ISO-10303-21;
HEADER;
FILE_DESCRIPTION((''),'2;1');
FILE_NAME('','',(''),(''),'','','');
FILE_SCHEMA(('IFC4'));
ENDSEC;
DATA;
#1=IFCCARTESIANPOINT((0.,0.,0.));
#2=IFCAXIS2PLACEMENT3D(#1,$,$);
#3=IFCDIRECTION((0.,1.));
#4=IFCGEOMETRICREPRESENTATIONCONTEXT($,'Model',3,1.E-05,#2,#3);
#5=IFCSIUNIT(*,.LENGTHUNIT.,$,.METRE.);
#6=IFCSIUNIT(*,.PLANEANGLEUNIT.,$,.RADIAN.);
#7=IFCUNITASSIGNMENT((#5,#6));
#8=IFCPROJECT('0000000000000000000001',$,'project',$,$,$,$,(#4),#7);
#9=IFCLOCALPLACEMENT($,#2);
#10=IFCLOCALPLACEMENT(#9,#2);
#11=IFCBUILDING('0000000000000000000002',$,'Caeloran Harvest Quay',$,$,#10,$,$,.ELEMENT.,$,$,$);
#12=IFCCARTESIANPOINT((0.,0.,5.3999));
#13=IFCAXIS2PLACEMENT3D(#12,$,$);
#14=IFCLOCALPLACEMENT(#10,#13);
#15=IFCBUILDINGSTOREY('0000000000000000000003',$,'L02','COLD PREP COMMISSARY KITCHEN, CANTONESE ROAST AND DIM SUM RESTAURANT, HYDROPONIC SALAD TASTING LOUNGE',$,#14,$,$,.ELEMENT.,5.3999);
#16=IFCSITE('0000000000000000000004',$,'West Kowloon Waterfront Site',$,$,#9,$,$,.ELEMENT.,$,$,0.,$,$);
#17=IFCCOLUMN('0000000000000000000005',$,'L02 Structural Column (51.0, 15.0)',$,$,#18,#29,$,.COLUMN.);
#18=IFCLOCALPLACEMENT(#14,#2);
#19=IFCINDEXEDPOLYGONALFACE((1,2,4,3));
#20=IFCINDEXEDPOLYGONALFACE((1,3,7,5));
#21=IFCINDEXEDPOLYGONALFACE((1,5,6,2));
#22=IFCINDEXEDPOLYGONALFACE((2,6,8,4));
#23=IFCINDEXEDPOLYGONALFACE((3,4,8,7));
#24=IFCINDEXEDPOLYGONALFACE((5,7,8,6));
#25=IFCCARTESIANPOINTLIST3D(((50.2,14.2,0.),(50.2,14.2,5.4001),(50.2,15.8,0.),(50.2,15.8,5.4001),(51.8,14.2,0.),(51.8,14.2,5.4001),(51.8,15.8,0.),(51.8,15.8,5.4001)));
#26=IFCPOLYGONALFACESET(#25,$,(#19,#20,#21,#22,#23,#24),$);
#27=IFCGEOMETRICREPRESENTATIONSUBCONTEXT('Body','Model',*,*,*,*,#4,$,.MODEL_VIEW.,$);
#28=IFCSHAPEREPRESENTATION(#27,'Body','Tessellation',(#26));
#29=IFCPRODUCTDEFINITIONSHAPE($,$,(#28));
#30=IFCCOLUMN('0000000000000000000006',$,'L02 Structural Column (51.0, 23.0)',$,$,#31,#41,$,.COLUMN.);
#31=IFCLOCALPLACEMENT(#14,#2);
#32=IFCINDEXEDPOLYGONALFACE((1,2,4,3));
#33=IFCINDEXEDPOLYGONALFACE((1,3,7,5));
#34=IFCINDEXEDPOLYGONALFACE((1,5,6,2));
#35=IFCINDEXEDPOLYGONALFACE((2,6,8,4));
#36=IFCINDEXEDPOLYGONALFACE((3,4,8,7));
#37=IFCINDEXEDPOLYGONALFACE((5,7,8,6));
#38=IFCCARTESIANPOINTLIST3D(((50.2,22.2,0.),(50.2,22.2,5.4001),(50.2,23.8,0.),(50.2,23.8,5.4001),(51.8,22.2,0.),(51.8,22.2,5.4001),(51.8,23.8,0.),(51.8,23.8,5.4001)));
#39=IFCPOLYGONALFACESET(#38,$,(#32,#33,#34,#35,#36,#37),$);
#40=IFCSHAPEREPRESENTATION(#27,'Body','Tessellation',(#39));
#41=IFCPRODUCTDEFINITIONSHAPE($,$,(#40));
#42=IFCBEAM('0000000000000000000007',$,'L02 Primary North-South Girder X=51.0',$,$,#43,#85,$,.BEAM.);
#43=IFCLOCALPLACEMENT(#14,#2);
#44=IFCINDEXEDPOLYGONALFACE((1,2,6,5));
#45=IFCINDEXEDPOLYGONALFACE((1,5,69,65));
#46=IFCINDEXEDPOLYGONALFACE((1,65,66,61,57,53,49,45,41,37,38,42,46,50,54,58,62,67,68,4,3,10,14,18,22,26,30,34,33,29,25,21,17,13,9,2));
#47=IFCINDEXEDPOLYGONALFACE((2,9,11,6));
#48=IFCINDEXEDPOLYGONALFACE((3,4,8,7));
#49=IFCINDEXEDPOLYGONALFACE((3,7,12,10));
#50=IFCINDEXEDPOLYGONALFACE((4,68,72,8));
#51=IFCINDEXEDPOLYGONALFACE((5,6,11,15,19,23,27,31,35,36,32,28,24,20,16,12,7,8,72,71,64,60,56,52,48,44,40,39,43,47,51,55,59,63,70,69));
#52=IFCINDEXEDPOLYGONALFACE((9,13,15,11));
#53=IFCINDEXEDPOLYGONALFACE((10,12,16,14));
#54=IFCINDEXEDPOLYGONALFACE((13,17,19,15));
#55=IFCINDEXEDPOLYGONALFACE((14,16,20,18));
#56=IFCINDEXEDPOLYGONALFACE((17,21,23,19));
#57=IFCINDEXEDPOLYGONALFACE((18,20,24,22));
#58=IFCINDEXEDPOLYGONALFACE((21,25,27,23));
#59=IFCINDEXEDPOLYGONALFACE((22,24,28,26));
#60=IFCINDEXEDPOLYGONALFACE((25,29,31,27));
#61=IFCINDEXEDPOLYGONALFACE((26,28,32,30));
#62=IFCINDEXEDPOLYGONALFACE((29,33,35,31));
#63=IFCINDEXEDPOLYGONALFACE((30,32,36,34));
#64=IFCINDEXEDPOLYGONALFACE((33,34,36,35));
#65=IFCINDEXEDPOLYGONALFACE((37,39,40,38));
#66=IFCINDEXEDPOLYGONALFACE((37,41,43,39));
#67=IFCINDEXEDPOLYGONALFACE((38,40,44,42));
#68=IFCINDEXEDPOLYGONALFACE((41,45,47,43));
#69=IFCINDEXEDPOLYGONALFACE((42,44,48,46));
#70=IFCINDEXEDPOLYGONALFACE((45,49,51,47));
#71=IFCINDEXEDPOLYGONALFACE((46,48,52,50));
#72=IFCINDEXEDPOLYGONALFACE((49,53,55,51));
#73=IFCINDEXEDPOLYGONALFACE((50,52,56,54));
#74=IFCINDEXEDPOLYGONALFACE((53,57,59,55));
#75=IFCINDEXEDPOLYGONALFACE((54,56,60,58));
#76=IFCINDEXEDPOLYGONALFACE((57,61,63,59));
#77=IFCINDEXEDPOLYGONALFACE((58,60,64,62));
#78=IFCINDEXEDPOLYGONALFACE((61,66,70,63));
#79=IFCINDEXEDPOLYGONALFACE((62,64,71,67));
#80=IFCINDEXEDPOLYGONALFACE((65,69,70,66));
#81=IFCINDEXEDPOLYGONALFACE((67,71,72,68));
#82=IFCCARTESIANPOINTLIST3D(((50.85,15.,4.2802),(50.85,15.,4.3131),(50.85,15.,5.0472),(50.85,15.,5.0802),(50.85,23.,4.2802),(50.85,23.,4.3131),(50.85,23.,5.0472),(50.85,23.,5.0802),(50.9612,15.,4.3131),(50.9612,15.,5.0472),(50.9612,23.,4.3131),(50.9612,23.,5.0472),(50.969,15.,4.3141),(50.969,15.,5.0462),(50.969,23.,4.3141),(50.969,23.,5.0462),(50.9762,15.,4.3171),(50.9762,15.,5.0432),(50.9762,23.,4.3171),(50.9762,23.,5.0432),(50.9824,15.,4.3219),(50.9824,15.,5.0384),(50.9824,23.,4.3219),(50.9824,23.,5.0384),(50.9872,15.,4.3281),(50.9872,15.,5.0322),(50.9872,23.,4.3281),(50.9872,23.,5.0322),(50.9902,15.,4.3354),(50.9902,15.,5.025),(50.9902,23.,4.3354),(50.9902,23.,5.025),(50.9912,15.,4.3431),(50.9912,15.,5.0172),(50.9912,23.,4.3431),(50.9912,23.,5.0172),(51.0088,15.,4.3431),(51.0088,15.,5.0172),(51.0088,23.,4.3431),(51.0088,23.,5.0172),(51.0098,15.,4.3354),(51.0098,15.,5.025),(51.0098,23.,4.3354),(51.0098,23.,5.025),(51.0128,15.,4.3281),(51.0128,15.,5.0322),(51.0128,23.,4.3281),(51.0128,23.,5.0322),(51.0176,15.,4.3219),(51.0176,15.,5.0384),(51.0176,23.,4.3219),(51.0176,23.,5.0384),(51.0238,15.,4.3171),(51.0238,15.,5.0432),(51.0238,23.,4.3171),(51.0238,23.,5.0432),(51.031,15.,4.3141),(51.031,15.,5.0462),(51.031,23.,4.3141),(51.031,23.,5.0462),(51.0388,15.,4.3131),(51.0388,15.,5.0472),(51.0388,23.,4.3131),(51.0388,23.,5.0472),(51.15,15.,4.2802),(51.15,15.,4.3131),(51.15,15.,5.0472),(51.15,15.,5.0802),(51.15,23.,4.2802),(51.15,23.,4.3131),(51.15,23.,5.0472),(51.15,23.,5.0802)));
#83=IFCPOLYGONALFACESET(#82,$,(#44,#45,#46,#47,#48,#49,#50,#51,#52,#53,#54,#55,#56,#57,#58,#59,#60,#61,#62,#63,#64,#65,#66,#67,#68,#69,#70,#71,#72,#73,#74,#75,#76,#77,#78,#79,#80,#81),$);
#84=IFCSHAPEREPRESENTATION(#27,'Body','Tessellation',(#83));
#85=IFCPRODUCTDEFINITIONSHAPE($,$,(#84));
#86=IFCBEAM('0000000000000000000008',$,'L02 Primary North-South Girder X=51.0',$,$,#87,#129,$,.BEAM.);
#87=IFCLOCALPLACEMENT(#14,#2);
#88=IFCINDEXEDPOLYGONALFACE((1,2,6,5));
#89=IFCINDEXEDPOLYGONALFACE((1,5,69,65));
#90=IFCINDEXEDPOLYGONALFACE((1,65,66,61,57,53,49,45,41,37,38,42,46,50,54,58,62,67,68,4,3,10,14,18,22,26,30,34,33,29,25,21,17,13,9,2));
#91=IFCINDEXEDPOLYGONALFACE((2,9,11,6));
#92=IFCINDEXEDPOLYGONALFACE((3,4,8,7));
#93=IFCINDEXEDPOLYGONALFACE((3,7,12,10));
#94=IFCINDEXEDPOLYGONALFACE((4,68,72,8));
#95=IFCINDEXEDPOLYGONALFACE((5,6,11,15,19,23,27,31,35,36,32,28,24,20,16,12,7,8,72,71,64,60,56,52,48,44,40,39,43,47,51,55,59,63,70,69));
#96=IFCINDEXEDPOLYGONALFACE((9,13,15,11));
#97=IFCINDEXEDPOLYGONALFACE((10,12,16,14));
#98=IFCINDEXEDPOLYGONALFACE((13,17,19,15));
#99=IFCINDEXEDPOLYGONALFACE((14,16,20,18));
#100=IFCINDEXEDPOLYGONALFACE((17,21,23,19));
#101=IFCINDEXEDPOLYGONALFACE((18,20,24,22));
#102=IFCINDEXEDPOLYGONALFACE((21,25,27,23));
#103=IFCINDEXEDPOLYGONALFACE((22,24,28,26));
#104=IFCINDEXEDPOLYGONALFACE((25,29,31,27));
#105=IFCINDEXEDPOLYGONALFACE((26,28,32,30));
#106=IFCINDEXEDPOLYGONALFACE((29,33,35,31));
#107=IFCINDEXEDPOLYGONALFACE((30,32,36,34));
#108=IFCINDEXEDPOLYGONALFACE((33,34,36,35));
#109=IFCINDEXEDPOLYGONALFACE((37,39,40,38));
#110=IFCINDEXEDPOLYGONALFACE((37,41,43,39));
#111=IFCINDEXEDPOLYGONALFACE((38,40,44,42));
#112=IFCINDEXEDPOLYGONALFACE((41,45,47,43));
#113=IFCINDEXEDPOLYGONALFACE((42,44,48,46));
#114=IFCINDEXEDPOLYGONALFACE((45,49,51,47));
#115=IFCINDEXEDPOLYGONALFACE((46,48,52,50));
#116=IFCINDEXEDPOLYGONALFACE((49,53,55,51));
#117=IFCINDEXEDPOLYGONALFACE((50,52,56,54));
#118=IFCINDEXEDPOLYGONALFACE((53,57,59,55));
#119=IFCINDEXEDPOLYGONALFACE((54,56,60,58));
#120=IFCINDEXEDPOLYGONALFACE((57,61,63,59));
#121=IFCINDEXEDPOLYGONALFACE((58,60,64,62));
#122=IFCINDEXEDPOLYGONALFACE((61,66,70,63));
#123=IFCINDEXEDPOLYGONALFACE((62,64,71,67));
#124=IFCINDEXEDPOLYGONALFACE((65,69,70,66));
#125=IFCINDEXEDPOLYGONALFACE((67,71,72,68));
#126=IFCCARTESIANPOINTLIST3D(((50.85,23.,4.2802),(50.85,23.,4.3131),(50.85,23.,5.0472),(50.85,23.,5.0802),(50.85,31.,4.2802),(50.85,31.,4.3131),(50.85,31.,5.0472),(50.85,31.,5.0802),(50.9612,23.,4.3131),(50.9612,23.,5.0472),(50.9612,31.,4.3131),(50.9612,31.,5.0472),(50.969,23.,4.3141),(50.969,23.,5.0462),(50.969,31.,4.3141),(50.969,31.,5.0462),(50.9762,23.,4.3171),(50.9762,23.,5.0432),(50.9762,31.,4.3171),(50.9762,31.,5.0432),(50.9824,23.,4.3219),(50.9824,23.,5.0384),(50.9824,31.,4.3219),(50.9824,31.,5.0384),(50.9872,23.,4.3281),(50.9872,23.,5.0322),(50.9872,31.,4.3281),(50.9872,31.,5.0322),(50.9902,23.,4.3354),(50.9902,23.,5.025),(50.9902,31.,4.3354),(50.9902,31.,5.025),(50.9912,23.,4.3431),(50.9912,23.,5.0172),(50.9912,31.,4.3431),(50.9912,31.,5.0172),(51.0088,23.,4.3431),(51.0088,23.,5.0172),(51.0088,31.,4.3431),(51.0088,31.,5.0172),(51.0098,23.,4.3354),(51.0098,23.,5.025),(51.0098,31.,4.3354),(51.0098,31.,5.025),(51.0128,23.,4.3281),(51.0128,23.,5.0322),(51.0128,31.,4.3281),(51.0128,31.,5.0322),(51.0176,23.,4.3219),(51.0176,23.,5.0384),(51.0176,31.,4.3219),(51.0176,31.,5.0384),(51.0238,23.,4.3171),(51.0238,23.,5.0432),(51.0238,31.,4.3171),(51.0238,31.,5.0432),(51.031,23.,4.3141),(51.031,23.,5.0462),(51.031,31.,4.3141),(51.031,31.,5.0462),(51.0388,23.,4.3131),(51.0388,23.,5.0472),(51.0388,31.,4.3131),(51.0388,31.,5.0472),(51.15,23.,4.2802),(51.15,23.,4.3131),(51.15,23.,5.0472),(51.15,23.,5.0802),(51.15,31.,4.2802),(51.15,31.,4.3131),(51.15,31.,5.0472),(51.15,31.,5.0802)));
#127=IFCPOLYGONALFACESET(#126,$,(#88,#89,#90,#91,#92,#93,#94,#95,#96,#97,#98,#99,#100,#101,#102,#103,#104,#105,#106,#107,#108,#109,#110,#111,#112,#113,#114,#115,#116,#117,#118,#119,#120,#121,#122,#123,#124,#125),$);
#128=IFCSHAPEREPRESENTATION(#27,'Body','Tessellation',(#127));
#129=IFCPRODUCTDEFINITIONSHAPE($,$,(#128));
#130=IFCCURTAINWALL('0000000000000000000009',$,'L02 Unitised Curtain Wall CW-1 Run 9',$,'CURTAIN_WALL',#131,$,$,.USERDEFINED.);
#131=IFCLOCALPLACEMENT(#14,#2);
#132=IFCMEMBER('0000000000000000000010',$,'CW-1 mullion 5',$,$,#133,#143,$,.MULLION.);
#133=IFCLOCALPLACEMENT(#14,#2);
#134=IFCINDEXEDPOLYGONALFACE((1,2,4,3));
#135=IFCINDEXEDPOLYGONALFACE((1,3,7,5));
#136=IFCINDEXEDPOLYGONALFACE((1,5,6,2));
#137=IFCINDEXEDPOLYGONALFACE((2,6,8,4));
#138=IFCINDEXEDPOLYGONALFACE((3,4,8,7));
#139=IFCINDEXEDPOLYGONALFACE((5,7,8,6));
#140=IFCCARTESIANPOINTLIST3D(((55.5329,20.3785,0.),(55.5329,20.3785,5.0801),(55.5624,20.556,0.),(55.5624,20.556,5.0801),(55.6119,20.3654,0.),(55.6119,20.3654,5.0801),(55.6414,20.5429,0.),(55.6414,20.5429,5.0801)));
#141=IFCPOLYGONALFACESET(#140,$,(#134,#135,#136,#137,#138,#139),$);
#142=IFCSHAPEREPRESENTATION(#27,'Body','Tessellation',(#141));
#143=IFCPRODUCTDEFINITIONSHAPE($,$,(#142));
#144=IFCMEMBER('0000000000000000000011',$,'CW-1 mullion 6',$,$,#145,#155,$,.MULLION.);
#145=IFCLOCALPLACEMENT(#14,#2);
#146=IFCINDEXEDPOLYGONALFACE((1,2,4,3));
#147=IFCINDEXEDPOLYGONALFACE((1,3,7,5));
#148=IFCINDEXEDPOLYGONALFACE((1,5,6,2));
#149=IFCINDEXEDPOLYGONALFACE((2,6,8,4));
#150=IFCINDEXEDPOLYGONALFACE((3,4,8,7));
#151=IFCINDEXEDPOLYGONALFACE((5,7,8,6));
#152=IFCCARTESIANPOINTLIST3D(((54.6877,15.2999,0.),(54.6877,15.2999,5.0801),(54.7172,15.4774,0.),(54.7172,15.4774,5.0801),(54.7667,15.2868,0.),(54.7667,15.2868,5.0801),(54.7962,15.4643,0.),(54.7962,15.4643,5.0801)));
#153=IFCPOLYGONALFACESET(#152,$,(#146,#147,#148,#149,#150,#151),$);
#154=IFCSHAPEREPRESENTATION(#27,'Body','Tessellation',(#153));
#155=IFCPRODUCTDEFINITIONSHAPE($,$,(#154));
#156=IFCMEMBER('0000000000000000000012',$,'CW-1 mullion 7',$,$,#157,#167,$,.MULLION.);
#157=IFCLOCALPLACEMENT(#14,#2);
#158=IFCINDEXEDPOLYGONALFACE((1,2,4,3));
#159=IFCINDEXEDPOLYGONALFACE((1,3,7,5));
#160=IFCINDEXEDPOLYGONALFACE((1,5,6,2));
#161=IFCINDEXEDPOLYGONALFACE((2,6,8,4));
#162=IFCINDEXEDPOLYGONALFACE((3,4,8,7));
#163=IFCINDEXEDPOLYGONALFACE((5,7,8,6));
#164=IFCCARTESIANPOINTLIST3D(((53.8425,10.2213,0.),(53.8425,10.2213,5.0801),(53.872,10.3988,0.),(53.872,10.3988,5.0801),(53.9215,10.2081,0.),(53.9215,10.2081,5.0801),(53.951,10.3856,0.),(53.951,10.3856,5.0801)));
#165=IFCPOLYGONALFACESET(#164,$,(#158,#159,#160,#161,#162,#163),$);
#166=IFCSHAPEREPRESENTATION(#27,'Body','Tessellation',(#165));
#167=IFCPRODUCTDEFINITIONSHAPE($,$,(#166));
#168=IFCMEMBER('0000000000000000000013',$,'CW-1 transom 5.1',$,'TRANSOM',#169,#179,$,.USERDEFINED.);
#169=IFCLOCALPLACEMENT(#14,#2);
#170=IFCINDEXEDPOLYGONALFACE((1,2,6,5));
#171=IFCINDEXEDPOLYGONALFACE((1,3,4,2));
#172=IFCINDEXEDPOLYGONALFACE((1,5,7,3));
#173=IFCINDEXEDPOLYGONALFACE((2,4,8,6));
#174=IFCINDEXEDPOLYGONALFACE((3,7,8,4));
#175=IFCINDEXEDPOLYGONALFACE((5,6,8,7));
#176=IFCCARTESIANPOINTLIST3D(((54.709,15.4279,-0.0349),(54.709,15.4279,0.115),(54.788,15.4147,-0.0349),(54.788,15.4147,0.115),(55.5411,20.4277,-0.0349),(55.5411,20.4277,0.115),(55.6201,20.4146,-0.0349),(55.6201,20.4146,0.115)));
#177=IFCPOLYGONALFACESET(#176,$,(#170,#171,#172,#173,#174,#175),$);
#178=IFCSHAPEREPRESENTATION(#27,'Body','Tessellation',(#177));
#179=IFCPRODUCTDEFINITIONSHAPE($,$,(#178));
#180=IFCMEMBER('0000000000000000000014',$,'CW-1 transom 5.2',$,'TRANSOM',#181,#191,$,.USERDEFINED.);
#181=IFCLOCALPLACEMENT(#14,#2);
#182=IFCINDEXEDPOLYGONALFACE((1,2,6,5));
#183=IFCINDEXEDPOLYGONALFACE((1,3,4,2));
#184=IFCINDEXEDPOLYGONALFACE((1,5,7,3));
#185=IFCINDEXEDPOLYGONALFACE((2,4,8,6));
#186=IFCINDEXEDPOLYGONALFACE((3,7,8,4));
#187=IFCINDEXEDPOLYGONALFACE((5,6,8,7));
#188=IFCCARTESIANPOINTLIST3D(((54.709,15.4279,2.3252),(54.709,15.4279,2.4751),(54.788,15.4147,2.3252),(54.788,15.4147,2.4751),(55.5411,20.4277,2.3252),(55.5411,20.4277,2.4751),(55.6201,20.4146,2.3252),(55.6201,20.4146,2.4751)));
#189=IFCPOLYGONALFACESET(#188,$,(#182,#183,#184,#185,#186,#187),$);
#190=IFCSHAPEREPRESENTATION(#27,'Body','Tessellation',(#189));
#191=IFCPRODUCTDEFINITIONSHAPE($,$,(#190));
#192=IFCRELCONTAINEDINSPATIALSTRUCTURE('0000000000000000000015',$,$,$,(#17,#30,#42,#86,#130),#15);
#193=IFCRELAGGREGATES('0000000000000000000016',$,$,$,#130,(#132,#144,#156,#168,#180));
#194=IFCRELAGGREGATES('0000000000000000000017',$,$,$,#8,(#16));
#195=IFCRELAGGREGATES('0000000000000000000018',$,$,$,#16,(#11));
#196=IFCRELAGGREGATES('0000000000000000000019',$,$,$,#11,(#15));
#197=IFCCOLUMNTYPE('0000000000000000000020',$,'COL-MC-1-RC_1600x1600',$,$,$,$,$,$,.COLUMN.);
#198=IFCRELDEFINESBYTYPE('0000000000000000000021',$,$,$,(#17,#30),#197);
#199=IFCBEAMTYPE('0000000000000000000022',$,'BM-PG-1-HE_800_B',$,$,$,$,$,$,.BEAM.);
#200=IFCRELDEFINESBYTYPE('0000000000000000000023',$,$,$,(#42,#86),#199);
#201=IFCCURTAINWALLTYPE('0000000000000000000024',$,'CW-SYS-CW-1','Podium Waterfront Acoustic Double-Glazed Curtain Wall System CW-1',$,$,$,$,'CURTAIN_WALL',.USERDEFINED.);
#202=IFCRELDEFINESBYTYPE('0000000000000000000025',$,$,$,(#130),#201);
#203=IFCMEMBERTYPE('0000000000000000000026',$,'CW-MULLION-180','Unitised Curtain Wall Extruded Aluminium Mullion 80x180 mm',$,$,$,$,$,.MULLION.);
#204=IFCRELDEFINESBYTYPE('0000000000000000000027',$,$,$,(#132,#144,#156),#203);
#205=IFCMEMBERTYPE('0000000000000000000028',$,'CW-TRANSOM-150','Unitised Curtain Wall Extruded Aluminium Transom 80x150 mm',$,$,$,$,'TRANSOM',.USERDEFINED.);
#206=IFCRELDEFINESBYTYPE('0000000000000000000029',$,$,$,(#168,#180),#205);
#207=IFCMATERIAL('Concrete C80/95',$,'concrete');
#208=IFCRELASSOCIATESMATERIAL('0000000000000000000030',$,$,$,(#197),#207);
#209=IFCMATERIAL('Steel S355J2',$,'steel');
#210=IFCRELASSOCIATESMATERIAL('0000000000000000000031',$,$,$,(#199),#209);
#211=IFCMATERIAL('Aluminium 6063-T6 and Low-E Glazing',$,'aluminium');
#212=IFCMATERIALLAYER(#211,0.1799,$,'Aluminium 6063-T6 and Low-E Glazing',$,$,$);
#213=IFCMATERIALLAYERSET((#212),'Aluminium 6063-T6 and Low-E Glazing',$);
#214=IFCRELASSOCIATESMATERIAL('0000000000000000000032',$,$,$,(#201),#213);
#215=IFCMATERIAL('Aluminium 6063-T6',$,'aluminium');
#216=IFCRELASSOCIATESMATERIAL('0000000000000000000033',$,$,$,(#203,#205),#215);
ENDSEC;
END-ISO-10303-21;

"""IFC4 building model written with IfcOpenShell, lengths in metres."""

from ifc_helpers import new_model, si_unit, direction, frame, origin, origin_2d, place, context, subcontext, project, spatial, rectangle, i_section, extrude, material, layer, layer_set, material_profile, profile_set, type_object, element, aggregate, save


model = new_model("IFC4")

# Units and contexts
model_context = context("Model", 3, precision=1e-05, world=origin(), true_north=direction((0.0, 1.0)))
body_context = subcontext(model_context, "Body", "Model", "MODEL_VIEW")
ifc_project = project(units=[si_unit("LENGTHUNIT", "METRE"), si_unit("PLANEANGLEUNIT", "RADIAN")], contexts=[model_context])

# Site, building, storey
site_placement = place(None, origin())
site = spatial("IfcSite", under=ifc_project, at=site_placement, Name="West Kowloon Waterfront Site", CompositionType="ELEMENT", RefElevation=0.0)
building_placement = place(site_placement, origin())
building = spatial("IfcBuilding", under=site, at=building_placement, Name="Caeloran Harvest Quay", CompositionType="ELEMENT")
storey_placement = place(building_placement, frame((0.0, 0.0, 5.3999)))
storey = spatial("IfcBuildingStorey", under=building, at=storey_placement, Name="L02", Description="COLD PREP COMMISSARY KITCHEN, CANTONESE ROAST AND DIM SUM RESTAURANT, HYDROPONIC SALAD TASTING LOUNGE", CompositionType="ELEMENT", Elevation=5.3999)

# Columns
ifc_material_1 = material(Name="Concrete C80/95", Category="concrete")
ifc_material_profile_1 = material_profile(ifc_material_1, rectangle(XDim=1.6001, YDim=1.6001, at=origin_2d()), Name="RC 1600x1600")
ifc_profile_set_1 = profile_set([ifc_material_profile_1], Name="Concrete C80/95")
column_type = type_object("IfcColumnType", Name="COL-MC-1-RC_1600x1600", PredefinedType="COLUMN", material=ifc_profile_set_1)
for number, where, z_axis, x_axis, name in (
    (1, (51.0, 15.0, 0.0), (0.0, 0.0, 1.0), (1.0, 0.0, 0.0), "L02 Structural Column (51.0, 15.0)"),
    (2, (51.0, 23.0, 0.0), (0.0, 0.0, 1.0), (1.0, 0.0, 0.0), "L02 Structural Column (51.0, 23.0)"),
):
    element("IfcColumn", number, at=place(storey_placement, frame(where, z_axis=z_axis, x_axis=x_axis)), inside=storey, type_object=column_type, Name=name, PredefinedType="COLUMN", context=body_context, shape_type="SweptSolid", body=[
        extrude(rectangle(XDim=1.6001, YDim=1.6001, at=origin_2d()), origin(), (0.0, 0.0, 1.0), 5.4001),
    ])

# Beams
ifc_material_2 = material(Name="Steel S355J2", Category="steel")
ifc_material_profile_2 = material_profile(ifc_material_2, i_section(OverallWidth=0.3, OverallDepth=0.8, WebThickness=0.0176, FlangeThickness=0.033, FilletRadius=0.03, at=origin_2d()), Name="HE 800 B")
ifc_profile_set_2 = profile_set([ifc_material_profile_2], Name="Steel S355J2")
beam_type = type_object("IfcBeamType", Name="BM-PG-1-HE_800_B", PredefinedType="BEAM", material=ifc_profile_set_2)
for number, where, z_axis, x_axis, name in (
    (3, (51.0, 15.0, 4.6802), (0.0, 1.0, 0.0), (-1.0, 0.0, 0.0), "L02 Primary North-South Girder X=51.0"),
    (4, (51.0, 23.0, 4.6802), (0.0, 1.0, 0.0), (-1.0, 0.0, 0.0), "L02 Primary North-South Girder X=51.0"),
):
    element("IfcBeam", number, at=place(storey_placement, frame(where, z_axis=z_axis, x_axis=x_axis)), inside=storey, type_object=beam_type, Name=name, PredefinedType="BEAM", context=body_context, shape_type="SweptSolid", body=[
        extrude(i_section(OverallWidth=0.3, OverallDepth=0.8, WebThickness=0.0176, FlangeThickness=0.033, FilletRadius=0.03, at=origin_2d()), origin(), (0.0, 0.0, 1.0), 8.0),
    ])

# Curtain wall, members
ifc_material_3 = material(Name="Aluminium 6063-T6 and Low-E Glazing", Category="aluminium")
ifc_layer_1 = layer(ifc_material_3, 0.1799, Name="Aluminium 6063-T6 and Low-E Glazing")
ifc_layer_set_1 = layer_set([ifc_layer_1], Name="Aluminium 6063-T6 and Low-E Glazing")
curtain_wall_type = type_object("IfcCurtainWallType", Name="CW-SYS-CW-1", Description="Podium Waterfront Acoustic Double-Glazed Curtain Wall System CW-1", ElementType="CURTAIN_WALL", PredefinedType="USERDEFINED", material=ifc_layer_set_1)
curtain_wall_placement = place(storey_placement, origin())
curtain_wall = element("IfcCurtainWall", 5, at=curtain_wall_placement, inside=storey, type_object=curtain_wall_type, Name="L02 Unitised Curtain Wall CW-1 Run 9", ObjectType="CURTAIN_WALL", PredefinedType="USERDEFINED")
ifc_material_4 = material(Name="Aluminium 6063-T6", Category="aluminium")
ifc_material_profile_3 = material_profile(ifc_material_4, rectangle(XDim=0.0801, YDim=0.1799, at=origin_2d()), Name="CW-MULLION-180")
ifc_profile_set_3 = profile_set([ifc_material_profile_3], Name="Aluminium 6063-T6")
member_type_1 = type_object("IfcMemberType", Name="CW-MULLION-180", Description="Unitised Curtain Wall Extruded Aluminium Mullion 80x180 mm", PredefinedType="MULLION", material=ifc_profile_set_3)
member_1_placement = place(storey_placement, frame((55.5872, 20.4607, 0.0), z_axis=(0.0, 0.0, 1.0), x_axis=(0.986431, -0.164175, 0.0)))
member_1 = element("IfcMember", 6, at=member_1_placement, type_object=member_type_1, Name="CW-1 mullion 5", PredefinedType="MULLION", context=body_context, shape_type="SweptSolid", body=[
    extrude(rectangle(XDim=0.0801, YDim=0.1799, at=origin_2d()), origin(), (0.0, 0.0, 1.0), 5.0801),
])
member_2_placement = place(storey_placement, frame((54.7419, 15.3821, 0.0), z_axis=(0.0, 0.0, 1.0), x_axis=(0.986431, -0.164175, 0.0)))
member_2 = element("IfcMember", 7, at=member_2_placement, type_object=member_type_1, Name="CW-1 mullion 6", PredefinedType="MULLION", context=body_context, shape_type="SweptSolid", body=[
    extrude(rectangle(XDim=0.0801, YDim=0.1799, at=origin_2d()), origin(), (0.0, 0.0, 1.0), 5.0801),
])
member_3_placement = place(storey_placement, frame((53.8967, 10.3035, 0.0), z_axis=(0.0, 0.0, 1.0), x_axis=(0.986431, -0.164175, 0.0)))
member_3 = element("IfcMember", 8, at=member_3_placement, type_object=member_type_1, Name="CW-1 mullion 7", PredefinedType="MULLION", context=body_context, shape_type="SweptSolid", body=[
    extrude(rectangle(XDim=0.0801, YDim=0.1799, at=origin_2d()), origin(), (0.0, 0.0, 1.0), 5.0801),
])
ifc_material_profile_4 = material_profile(ifc_material_4, rectangle(XDim=0.0801, YDim=0.1499, at=origin_2d()), Name="CW-TRANSOM-150")
ifc_profile_set_4 = profile_set([ifc_material_profile_4], Name="Aluminium 6063-T6")
member_type_2 = type_object("IfcMemberType", Name="CW-TRANSOM-150", Description="Unitised Curtain Wall Extruded Aluminium Transom 80x150 mm", ElementType="TRANSOM", PredefinedType="USERDEFINED", material=ifc_profile_set_4)
member_4_placement = place(storey_placement, frame((55.5806, 20.4211, 0.04), z_axis=(-0.164157, -0.986434, 0.0), x_axis=(0.986434, -0.164157, 0.0)))
member_4 = element("IfcMember", 9, at=member_4_placement, type_object=member_type_2, Name="CW-1 transom 5.1", ObjectType="TRANSOM", PredefinedType="USERDEFINED", context=body_context, shape_type="SweptSolid", body=[
    extrude(rectangle(XDim=0.0801, YDim=0.1499, at=origin_2d()), origin(), (0.0, 0.0, 1.0), 5.0686),
])
member_5_placement = place(storey_placement, frame((55.5806, 20.4211, 2.4001), z_axis=(-0.164157, -0.986434, 0.0), x_axis=(0.986434, -0.164157, 0.0)))
member_5 = element("IfcMember", 10, at=member_5_placement, type_object=member_type_2, Name="CW-1 transom 5.2", ObjectType="TRANSOM", PredefinedType="USERDEFINED", context=body_context, shape_type="SweptSolid", body=[
    extrude(rectangle(XDim=0.0801, YDim=0.1499, at=origin_2d()), origin(), (0.0, 0.0, 1.0), 5.0686),
])
aggregate(curtain_wall, [member_1, member_2, member_3, member_4, member_5])

save(model, "model.ifc")
